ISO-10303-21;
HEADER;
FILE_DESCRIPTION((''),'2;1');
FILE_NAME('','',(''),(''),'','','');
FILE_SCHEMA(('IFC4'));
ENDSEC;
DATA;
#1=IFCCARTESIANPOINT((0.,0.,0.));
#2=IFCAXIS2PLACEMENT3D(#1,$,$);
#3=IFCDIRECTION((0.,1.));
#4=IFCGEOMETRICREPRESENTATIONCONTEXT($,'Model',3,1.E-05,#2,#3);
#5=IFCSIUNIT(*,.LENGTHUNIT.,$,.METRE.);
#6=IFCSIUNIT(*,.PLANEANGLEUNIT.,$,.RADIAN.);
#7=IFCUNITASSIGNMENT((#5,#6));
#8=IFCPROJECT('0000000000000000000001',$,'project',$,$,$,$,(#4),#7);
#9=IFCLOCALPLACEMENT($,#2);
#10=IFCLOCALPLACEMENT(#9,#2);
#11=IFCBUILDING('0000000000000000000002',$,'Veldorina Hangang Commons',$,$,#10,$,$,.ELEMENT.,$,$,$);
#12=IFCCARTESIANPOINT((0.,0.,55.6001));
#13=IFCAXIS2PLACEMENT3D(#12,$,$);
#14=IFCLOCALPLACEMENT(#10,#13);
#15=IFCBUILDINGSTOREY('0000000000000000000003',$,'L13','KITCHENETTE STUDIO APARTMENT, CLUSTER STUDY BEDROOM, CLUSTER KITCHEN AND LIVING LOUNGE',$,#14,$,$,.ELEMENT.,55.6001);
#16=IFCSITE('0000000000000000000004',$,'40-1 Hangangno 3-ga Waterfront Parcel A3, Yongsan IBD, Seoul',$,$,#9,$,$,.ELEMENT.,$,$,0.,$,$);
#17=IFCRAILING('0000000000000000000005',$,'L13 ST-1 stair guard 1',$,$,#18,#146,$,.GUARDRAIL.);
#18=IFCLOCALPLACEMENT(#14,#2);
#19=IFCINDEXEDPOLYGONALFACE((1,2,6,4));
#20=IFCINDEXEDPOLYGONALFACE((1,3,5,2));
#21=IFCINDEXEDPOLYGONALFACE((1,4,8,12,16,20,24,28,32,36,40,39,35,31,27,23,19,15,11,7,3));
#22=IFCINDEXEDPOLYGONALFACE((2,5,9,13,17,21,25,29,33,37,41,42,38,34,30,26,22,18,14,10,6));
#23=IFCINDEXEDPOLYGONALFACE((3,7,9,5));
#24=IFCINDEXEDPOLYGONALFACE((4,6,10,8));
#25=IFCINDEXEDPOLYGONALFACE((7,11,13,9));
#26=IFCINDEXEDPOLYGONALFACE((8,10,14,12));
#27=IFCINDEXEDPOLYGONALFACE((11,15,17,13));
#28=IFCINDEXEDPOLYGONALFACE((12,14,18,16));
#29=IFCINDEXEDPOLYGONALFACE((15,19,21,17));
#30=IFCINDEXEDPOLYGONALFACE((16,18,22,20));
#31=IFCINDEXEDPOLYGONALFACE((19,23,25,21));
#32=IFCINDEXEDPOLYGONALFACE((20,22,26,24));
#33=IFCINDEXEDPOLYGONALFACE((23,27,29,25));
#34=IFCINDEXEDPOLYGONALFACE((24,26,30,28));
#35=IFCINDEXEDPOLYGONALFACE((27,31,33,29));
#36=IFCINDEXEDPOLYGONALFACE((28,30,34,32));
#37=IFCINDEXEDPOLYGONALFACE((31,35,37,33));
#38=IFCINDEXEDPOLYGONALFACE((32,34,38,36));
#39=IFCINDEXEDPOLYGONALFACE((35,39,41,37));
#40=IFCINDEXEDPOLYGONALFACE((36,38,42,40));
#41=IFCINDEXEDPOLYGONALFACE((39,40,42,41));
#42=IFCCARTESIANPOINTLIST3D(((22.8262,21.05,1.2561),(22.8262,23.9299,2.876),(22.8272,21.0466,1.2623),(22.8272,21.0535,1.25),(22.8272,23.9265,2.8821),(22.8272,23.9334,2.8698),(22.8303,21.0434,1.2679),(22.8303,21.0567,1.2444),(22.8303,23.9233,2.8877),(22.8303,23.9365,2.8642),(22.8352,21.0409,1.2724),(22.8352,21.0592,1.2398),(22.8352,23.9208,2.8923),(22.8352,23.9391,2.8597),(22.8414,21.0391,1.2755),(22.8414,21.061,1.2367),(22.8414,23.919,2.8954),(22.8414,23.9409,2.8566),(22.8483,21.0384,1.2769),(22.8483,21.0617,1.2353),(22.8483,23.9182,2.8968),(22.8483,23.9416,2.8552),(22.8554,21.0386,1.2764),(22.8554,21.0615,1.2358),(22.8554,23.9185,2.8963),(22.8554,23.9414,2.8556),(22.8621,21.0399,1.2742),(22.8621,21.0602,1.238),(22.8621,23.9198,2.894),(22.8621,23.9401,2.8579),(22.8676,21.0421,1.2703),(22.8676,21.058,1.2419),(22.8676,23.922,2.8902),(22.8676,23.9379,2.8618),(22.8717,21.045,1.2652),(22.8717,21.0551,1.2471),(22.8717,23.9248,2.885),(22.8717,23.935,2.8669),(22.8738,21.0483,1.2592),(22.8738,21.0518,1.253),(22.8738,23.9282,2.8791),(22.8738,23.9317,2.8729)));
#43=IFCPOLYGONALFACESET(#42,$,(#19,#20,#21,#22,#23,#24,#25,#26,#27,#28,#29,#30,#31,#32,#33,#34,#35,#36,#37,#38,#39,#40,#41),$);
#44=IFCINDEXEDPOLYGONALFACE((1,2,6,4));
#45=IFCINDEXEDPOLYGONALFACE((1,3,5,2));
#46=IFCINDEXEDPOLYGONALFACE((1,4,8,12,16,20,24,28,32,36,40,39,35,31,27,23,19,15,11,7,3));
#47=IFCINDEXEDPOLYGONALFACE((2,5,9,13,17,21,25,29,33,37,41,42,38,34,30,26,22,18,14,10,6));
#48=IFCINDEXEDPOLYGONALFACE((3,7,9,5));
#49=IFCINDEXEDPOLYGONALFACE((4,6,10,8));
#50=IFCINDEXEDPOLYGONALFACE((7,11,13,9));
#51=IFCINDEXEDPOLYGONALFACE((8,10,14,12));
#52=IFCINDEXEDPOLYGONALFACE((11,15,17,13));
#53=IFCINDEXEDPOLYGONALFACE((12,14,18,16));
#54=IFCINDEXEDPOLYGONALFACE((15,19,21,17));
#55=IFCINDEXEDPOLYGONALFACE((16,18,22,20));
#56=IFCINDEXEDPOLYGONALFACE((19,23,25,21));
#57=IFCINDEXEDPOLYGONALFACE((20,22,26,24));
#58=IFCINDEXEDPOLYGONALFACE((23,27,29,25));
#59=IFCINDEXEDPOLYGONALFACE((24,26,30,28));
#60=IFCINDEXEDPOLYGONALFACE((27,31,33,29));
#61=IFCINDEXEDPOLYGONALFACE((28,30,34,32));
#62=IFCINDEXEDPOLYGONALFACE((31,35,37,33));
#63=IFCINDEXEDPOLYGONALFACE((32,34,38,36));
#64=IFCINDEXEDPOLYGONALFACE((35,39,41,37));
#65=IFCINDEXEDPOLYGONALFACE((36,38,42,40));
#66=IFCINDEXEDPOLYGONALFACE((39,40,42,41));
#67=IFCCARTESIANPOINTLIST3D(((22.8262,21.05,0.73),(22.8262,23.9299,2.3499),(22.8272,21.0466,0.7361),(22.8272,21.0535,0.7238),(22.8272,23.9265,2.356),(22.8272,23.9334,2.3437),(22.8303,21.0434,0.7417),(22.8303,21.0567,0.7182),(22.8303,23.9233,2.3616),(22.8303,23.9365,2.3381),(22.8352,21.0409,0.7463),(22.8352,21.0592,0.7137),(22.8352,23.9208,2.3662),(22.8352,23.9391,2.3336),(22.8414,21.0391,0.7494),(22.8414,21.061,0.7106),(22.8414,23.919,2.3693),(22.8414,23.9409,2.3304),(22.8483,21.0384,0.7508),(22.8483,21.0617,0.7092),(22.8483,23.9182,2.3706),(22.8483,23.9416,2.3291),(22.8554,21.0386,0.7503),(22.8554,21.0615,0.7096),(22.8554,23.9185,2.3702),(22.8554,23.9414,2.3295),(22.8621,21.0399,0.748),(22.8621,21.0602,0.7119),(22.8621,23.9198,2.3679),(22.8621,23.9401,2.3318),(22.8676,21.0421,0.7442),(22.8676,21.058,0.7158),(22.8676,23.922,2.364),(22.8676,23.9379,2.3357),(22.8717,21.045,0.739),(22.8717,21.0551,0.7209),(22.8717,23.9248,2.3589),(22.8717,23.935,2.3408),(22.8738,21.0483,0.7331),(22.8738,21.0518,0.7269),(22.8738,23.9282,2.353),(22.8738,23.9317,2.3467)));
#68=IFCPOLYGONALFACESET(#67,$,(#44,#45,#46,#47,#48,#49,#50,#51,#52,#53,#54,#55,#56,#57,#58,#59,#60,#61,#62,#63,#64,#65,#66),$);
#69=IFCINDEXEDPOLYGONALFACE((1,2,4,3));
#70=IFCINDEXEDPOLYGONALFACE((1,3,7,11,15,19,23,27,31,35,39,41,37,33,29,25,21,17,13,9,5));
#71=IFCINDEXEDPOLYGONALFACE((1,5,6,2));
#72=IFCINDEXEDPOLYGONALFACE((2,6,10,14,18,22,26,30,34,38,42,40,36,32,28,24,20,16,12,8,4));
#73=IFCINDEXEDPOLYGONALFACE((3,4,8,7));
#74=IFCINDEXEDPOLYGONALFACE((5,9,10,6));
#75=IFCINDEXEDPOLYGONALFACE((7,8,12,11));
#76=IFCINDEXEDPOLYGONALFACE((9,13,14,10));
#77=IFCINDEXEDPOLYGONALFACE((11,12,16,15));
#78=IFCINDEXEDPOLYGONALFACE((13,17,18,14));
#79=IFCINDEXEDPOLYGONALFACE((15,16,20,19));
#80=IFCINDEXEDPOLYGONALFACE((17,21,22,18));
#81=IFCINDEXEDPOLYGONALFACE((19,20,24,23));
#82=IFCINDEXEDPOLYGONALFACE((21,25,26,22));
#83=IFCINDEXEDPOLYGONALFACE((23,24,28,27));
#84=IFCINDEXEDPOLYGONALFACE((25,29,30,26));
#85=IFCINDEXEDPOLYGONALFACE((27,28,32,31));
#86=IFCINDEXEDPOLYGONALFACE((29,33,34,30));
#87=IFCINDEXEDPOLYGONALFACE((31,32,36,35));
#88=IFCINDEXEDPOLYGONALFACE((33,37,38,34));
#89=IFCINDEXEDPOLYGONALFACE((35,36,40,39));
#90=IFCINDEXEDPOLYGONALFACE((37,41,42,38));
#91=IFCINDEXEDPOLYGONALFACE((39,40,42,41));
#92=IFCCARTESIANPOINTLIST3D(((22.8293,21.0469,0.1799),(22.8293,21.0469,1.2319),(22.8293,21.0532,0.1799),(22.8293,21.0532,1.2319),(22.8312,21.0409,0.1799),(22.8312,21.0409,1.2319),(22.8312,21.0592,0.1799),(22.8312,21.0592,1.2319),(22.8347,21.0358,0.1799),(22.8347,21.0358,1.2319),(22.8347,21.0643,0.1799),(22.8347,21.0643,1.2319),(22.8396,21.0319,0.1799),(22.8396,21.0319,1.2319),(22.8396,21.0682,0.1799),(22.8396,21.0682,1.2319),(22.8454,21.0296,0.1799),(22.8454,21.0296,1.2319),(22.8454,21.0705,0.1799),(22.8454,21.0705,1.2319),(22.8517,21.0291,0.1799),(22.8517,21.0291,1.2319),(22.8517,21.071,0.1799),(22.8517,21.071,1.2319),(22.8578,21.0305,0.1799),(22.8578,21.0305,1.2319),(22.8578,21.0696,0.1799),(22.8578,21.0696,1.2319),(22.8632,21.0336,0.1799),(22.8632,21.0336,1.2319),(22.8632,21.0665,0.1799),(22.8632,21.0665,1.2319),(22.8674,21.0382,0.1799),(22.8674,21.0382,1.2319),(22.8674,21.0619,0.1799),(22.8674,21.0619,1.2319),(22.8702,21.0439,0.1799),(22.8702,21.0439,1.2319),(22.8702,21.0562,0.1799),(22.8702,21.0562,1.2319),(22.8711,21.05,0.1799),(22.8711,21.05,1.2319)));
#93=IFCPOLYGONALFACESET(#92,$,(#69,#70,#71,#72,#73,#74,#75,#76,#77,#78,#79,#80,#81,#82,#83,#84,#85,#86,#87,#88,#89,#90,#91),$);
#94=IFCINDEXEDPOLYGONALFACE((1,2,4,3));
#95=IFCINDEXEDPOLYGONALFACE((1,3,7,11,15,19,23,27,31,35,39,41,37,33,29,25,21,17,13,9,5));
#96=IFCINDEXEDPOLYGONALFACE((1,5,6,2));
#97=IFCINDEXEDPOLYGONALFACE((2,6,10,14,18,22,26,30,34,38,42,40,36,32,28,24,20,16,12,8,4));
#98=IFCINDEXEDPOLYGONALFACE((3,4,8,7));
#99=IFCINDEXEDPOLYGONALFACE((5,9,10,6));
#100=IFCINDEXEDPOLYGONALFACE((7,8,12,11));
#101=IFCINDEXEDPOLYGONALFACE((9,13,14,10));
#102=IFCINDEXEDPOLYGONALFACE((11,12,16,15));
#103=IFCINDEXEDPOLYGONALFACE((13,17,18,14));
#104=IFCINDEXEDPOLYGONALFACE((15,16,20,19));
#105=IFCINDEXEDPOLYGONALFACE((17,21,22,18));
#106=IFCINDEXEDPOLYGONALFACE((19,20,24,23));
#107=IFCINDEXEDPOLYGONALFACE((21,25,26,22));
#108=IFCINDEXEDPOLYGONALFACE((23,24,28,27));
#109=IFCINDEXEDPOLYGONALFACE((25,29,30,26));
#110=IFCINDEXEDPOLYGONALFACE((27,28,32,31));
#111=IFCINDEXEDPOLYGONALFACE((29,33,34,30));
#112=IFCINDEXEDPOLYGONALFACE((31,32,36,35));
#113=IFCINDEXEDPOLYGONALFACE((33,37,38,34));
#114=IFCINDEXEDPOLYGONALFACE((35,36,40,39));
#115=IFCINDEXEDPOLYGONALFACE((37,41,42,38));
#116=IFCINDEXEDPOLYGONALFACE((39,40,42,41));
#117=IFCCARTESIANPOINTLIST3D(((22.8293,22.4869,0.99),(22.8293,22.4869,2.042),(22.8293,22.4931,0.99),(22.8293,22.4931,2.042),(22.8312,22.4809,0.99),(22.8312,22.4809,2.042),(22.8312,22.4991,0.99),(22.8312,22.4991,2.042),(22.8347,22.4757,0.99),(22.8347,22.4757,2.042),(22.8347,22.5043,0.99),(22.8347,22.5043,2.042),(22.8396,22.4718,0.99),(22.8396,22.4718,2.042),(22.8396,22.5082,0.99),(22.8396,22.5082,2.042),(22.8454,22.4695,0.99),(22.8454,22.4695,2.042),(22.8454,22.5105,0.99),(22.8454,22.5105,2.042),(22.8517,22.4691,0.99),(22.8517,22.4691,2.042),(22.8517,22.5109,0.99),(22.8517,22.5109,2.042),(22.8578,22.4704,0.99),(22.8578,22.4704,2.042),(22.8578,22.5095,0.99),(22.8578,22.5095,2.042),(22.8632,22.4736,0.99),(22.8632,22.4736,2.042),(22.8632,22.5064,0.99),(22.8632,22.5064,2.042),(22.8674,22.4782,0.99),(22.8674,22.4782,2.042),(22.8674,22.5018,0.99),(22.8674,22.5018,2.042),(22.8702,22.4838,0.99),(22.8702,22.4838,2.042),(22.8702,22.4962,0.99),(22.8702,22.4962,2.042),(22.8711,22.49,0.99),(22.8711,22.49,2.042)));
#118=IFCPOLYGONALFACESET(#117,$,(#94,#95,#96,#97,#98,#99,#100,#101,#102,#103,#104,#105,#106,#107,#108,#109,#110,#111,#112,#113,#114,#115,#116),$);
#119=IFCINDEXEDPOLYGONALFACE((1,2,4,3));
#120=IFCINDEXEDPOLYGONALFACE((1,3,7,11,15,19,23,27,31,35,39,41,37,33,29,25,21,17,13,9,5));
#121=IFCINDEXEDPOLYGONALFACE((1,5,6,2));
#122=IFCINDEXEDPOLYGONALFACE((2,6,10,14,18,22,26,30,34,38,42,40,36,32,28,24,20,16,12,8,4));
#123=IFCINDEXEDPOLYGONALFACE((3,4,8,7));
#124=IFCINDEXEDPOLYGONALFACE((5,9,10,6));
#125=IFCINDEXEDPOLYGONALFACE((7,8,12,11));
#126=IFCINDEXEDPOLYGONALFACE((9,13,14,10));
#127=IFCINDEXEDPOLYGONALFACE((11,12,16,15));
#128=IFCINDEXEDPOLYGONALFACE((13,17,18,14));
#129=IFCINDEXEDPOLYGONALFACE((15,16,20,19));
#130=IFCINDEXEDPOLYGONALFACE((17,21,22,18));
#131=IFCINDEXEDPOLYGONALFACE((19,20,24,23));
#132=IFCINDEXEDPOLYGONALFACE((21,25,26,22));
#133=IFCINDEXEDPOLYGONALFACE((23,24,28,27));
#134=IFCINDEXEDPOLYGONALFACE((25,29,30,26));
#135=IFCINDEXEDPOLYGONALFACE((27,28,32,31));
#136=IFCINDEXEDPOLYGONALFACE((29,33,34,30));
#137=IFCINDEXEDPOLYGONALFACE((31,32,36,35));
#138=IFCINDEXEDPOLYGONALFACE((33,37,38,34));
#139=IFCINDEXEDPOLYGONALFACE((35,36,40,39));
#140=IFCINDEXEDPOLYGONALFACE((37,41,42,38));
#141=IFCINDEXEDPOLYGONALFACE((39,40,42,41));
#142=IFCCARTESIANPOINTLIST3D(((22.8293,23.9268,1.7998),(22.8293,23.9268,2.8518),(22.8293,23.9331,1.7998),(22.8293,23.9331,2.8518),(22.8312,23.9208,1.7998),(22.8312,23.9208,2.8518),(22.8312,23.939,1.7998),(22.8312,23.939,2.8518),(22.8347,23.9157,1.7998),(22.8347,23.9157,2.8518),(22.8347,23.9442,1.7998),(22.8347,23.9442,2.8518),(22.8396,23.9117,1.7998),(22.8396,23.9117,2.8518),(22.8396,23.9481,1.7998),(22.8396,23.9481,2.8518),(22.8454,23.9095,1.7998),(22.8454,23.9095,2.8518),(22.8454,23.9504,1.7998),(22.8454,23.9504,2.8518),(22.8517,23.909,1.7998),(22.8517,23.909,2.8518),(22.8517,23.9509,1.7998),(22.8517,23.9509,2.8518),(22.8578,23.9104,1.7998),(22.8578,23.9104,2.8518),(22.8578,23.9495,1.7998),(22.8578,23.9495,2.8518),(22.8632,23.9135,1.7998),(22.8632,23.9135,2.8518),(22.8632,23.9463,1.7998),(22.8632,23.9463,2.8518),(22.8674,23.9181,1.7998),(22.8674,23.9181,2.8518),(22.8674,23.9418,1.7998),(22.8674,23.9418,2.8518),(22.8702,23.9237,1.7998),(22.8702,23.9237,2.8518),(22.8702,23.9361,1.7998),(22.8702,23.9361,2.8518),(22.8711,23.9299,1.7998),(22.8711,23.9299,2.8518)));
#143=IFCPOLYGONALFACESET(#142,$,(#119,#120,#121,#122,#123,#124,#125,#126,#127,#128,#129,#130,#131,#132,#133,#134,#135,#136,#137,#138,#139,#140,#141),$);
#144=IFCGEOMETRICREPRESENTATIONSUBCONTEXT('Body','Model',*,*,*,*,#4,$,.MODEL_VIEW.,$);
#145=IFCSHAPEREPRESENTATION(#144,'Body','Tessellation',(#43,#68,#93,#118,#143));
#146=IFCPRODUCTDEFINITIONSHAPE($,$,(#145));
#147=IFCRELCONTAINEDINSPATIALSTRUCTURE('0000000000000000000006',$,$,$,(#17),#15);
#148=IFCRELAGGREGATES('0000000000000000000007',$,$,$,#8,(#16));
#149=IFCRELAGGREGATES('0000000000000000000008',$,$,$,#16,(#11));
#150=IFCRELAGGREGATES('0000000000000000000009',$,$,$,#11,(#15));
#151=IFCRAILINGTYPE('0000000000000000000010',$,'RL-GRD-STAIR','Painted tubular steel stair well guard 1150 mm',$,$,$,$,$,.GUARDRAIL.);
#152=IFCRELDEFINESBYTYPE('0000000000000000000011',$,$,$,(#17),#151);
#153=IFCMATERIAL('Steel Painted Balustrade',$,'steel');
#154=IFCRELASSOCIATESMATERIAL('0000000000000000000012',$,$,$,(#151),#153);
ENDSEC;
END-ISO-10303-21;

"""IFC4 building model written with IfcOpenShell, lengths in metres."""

from ifc_helpers import new_model, si_unit, direction, frame, origin, origin_2d, place, context, subcontext, project, spatial, circle, extrude, material, type_object, element, save


model = new_model("IFC4")

# Units and contexts
model_context = context("Model", 3, precision=1e-05, world=origin(), true_north=direction((0.0, 1.0)))
body_context = subcontext(model_context, "Body", "Model", "MODEL_VIEW")
ifc_project = project(units=[si_unit("LENGTHUNIT", "METRE"), si_unit("PLANEANGLEUNIT", "RADIAN")], contexts=[model_context])

# Site, building, storey
site_placement = place(None, origin())
site = spatial("IfcSite", under=ifc_project, at=site_placement, Name="40-1 Hangangno 3-ga Waterfront Parcel A3, Yongsan IBD, Seoul", CompositionType="ELEMENT", RefElevation=0.0)
building_placement = place(site_placement, origin())
building = spatial("IfcBuilding", under=site, at=building_placement, Name="Veldorina Hangang Commons", CompositionType="ELEMENT")
storey_placement = place(building_placement, frame((0.0, 0.0, 55.6001)))
storey = spatial("IfcBuildingStorey", under=building, at=storey_placement, Name="L13", Description="KITCHENETTE STUDIO APARTMENT, CLUSTER STUDY BEDROOM, CLUSTER KITCHEN AND LIVING LOUNGE", CompositionType="ELEMENT", Elevation=55.6001)

# Railing
ifc_material_1 = material(Name="Steel Painted Balustrade", Category="steel")
railing_type = type_object("IfcRailingType", Name="RL-GRD-STAIR", Description="Painted tubular steel stair well guard 1150 mm", PredefinedType="GUARDRAIL", material=ifc_material_1)
railing_1_placement = place(storey_placement, frame((22.8501, 21.05, 0.1799)))
element("IfcRailing", 1, at=railing_1_placement, inside=storey, type_object=railing_type, Name="L13 ST-1 stair guard 1", PredefinedType="GUARDRAIL", context=body_context, shape_type="SweptSolid", body=[
    extrude(circle(Radius=0.0239, at=origin_2d()), frame((0.0, 0.0, 1.0762), z_axis=(0.0, 0.871583, 0.490247), x_axis=(-1.0, 0.0, 0.0)), (0.0, 0.0, 1.0), 3.3042),
    extrude(circle(Radius=0.0239, at=origin_2d()), frame((0.0, 0.0, 0.55), z_axis=(0.0, 0.871583, 0.490247), x_axis=(-1.0, 0.0, 0.0)), (0.0, 0.0, 1.0), 3.3042),
    extrude(circle(Radius=0.021, at=origin_2d()), origin(), (0.0, 0.0, 1.0), 1.052),
    extrude(circle(Radius=0.021, at=origin_2d()), frame((0.0, 1.4399, 0.8101)), (0.0, 0.0, 1.0), 1.052),
    extrude(circle(Radius=0.021, at=origin_2d()), frame((0.0, 2.8799, 1.6199)), (0.0, 0.0, 1.0), 1.052),
])

save(model, "model.ifc")
